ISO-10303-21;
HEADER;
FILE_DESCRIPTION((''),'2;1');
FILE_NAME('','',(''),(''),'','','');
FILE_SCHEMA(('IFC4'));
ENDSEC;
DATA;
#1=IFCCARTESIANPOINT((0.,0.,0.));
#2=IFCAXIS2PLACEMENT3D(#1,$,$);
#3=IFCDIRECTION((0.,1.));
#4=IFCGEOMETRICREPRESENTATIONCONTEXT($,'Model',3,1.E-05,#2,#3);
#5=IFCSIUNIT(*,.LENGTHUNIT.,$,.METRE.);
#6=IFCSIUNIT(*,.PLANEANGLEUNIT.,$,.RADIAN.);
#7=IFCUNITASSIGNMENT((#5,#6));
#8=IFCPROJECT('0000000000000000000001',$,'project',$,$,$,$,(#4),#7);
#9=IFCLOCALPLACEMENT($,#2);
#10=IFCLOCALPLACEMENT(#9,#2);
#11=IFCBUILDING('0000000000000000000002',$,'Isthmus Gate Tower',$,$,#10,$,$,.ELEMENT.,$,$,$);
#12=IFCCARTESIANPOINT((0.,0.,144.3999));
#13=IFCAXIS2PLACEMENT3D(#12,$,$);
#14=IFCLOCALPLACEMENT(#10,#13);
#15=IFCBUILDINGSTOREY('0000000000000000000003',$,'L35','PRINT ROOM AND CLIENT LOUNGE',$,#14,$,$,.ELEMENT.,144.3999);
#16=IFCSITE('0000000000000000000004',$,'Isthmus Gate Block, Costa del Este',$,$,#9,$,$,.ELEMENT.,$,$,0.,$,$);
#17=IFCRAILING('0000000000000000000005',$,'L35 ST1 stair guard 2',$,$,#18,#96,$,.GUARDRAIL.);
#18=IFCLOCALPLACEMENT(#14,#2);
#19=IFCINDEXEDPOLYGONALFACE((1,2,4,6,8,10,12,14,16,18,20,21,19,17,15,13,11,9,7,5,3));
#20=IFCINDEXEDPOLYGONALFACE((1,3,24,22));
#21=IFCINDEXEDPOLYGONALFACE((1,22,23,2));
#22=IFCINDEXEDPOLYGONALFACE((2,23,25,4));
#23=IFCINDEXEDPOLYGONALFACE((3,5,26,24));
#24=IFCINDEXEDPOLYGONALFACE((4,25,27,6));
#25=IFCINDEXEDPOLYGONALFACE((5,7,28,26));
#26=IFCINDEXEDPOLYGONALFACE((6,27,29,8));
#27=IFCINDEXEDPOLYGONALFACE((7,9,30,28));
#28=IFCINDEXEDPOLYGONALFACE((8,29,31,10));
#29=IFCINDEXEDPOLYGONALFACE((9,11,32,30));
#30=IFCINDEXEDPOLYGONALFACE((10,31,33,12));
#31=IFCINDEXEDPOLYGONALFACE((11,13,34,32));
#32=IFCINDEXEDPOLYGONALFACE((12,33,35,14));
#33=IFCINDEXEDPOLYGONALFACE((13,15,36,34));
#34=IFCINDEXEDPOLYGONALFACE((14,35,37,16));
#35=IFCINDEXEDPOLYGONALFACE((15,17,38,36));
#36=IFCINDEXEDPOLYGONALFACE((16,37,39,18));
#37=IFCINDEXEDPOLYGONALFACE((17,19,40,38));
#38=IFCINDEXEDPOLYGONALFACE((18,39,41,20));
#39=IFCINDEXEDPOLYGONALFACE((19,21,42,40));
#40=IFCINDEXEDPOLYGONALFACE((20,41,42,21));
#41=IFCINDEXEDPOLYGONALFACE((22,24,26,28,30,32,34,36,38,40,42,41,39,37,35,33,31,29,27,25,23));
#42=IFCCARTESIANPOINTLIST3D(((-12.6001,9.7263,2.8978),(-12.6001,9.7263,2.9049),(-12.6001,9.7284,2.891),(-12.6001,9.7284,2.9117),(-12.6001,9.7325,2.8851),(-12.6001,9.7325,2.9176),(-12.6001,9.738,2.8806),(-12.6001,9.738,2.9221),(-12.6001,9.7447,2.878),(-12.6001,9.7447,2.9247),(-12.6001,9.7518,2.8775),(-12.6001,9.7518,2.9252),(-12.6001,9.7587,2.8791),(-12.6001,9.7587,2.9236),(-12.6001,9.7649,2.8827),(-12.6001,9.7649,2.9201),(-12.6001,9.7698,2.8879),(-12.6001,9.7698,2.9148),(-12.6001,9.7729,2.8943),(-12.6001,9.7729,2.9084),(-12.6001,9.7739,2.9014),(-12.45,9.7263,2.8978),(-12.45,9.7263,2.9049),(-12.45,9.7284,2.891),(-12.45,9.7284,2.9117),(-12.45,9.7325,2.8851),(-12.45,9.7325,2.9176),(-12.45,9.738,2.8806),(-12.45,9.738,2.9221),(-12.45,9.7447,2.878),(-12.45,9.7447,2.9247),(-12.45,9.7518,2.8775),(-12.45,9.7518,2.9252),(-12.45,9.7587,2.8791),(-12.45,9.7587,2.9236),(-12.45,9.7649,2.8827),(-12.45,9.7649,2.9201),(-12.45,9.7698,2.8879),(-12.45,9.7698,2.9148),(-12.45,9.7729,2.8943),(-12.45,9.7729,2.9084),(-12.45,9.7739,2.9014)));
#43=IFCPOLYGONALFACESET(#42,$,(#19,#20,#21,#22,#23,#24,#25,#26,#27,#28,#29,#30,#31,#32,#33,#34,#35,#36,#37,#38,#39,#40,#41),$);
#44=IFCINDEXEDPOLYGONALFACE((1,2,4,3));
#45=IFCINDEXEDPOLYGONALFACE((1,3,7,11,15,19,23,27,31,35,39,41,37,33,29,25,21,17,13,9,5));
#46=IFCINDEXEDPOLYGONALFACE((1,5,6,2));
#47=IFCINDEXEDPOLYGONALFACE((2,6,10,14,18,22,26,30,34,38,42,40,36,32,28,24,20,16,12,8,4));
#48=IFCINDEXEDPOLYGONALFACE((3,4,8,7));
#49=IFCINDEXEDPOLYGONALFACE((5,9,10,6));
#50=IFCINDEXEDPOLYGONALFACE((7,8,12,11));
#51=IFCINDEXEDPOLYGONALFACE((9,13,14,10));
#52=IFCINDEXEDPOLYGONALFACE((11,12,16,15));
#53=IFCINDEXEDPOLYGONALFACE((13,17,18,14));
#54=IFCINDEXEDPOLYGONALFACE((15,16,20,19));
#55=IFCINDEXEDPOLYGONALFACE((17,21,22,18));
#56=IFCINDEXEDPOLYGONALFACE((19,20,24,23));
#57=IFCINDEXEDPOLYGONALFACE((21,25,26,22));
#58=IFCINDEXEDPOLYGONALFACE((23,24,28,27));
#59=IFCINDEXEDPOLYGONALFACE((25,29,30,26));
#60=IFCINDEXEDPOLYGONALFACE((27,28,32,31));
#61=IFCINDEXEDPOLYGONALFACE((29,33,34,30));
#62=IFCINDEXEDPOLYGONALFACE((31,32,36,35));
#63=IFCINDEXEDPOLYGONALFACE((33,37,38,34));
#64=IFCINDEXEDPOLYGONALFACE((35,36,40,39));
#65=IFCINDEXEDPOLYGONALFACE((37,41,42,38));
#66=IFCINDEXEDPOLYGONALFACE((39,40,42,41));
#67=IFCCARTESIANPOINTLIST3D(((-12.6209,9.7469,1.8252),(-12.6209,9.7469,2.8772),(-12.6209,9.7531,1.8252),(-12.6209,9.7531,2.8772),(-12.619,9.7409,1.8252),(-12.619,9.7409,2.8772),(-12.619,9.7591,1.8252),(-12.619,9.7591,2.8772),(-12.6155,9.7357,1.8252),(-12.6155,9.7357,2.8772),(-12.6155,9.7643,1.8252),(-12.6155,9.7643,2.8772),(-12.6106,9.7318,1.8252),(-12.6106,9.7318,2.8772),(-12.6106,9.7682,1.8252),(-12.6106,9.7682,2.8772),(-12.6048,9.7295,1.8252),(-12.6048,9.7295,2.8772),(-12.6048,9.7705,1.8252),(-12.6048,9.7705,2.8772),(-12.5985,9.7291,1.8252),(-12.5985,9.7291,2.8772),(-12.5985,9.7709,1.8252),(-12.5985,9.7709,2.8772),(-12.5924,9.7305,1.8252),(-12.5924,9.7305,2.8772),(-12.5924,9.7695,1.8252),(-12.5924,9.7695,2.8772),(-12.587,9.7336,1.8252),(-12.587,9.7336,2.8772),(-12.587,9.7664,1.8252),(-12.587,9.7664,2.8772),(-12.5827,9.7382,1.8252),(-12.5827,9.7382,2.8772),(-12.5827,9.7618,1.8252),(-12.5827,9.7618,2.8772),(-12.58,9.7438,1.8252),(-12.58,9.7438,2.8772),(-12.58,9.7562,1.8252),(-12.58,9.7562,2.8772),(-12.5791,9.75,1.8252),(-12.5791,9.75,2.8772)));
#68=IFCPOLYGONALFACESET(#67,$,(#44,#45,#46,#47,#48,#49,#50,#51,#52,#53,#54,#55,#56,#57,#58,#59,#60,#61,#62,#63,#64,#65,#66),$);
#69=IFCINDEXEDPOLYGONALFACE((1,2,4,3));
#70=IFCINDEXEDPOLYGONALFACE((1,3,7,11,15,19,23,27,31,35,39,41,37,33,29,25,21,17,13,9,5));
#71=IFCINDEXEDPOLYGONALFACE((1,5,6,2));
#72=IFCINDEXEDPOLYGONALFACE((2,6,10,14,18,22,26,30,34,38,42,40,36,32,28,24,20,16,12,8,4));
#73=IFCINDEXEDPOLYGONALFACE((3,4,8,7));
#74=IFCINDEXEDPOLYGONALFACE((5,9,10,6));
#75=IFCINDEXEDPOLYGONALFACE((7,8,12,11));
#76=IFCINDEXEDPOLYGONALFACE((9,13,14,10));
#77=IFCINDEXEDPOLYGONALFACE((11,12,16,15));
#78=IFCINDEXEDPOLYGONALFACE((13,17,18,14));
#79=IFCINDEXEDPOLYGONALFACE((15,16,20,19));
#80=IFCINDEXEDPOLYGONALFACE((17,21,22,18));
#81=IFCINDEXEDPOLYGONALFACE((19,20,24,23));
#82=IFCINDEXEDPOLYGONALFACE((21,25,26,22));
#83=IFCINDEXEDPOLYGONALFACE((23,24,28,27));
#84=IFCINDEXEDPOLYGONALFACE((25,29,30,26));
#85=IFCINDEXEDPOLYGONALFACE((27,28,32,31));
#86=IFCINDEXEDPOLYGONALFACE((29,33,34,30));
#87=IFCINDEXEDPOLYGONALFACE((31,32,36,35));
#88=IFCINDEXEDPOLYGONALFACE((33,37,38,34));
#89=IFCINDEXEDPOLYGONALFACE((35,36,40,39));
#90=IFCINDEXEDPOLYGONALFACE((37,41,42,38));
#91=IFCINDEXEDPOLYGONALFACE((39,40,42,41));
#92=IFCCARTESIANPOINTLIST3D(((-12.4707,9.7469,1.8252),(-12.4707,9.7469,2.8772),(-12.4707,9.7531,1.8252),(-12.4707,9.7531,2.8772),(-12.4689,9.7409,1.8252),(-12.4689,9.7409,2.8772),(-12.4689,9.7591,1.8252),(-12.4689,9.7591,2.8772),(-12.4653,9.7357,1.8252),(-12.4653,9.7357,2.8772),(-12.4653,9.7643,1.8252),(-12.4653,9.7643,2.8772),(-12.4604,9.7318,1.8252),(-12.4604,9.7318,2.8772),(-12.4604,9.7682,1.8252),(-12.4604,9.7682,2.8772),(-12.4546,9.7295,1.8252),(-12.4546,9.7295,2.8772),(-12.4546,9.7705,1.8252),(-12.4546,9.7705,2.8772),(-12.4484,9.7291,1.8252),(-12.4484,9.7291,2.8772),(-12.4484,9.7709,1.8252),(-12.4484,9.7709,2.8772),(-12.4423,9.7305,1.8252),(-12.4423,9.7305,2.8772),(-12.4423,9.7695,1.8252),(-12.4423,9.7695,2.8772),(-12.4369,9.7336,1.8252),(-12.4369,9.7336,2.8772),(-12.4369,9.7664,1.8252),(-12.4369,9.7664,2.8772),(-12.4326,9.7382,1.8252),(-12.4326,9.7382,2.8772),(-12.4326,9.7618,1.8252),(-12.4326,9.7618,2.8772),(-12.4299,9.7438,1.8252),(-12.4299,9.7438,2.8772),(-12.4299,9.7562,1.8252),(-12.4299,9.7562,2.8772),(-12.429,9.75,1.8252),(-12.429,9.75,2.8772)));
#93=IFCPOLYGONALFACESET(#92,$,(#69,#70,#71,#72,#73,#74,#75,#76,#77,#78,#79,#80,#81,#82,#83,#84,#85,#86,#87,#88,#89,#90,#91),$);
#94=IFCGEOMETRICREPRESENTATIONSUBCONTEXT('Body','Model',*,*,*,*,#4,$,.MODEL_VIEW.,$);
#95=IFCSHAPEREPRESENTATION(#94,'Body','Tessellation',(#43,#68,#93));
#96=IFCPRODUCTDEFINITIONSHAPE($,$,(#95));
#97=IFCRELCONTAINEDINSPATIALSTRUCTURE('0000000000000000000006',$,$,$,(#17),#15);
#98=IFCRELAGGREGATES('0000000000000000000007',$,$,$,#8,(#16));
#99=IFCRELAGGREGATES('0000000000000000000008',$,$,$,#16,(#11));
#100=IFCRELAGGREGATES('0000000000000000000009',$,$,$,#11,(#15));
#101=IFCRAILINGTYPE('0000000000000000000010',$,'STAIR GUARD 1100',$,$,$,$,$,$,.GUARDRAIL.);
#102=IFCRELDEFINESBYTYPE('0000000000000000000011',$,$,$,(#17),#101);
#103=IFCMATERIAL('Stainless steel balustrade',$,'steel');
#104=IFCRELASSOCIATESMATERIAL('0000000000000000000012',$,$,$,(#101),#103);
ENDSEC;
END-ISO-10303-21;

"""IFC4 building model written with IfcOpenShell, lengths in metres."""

from ifc_helpers import new_model, si_unit, direction, frame, origin, origin_2d, place, context, subcontext, project, spatial, circle, extrude, material, type_object, element, save


model = new_model("IFC4")

# Units and contexts
model_context = context("Model", 3, precision=1e-05, world=origin(), true_north=direction((0.0, 1.0)))
body_context = subcontext(model_context, "Body", "Model", "MODEL_VIEW")
ifc_project = project(units=[si_unit("LENGTHUNIT", "METRE"), si_unit("PLANEANGLEUNIT", "RADIAN")], contexts=[model_context])

# Site, building, storey
site_placement = place(None, origin())
site = spatial("IfcSite", under=ifc_project, at=site_placement, Name="Isthmus Gate Block, Costa del Este", CompositionType="ELEMENT", RefElevation=0.0)
building_placement = place(site_placement, origin())
building = spatial("IfcBuilding", under=site, at=building_placement, Name="Isthmus Gate Tower", CompositionType="ELEMENT")
storey_placement = place(building_placement, frame((0.0, 0.0, 144.3999)))
storey = spatial("IfcBuildingStorey", under=building, at=storey_placement, Name="L35", Description="PRINT ROOM AND CLIENT LOUNGE", CompositionType="ELEMENT", Elevation=144.3999)

# Railing
ifc_material_1 = material(Name="Stainless steel balustrade", Category="steel")
railing_type_1 = type_object("IfcRailingType", Name="STAIR GUARD 1100", PredefinedType="GUARDRAIL", material=ifc_material_1)
railing_1_placement = place(storey_placement, frame((-12.6001, 9.75, 1.8252)))
element("IfcRailing", 1, at=railing_1_placement, inside=storey, type_object=railing_type_1, Name="L35 ST1 stair guard 2", PredefinedType="GUARDRAIL", context=body_context, shape_type="SweptSolid", body=[
    extrude(circle(Radius=0.0239, at=origin_2d()), frame((0.0, 0.0, 1.0762), z_axis=(1.0, 0.0, 0.0), x_axis=(0.0, 1.0, 0.0)), (0.0, 0.0, 1.0), 0.1501),
    extrude(circle(Radius=0.021, at=origin_2d()), origin(), (0.0, 0.0, 1.0), 1.052),
    extrude(circle(Radius=0.021, at=origin_2d()), frame((0.1501, 0.0, 0.0)), (0.0, 0.0, 1.0), 1.052),
])

save(model, "model.ifc")
